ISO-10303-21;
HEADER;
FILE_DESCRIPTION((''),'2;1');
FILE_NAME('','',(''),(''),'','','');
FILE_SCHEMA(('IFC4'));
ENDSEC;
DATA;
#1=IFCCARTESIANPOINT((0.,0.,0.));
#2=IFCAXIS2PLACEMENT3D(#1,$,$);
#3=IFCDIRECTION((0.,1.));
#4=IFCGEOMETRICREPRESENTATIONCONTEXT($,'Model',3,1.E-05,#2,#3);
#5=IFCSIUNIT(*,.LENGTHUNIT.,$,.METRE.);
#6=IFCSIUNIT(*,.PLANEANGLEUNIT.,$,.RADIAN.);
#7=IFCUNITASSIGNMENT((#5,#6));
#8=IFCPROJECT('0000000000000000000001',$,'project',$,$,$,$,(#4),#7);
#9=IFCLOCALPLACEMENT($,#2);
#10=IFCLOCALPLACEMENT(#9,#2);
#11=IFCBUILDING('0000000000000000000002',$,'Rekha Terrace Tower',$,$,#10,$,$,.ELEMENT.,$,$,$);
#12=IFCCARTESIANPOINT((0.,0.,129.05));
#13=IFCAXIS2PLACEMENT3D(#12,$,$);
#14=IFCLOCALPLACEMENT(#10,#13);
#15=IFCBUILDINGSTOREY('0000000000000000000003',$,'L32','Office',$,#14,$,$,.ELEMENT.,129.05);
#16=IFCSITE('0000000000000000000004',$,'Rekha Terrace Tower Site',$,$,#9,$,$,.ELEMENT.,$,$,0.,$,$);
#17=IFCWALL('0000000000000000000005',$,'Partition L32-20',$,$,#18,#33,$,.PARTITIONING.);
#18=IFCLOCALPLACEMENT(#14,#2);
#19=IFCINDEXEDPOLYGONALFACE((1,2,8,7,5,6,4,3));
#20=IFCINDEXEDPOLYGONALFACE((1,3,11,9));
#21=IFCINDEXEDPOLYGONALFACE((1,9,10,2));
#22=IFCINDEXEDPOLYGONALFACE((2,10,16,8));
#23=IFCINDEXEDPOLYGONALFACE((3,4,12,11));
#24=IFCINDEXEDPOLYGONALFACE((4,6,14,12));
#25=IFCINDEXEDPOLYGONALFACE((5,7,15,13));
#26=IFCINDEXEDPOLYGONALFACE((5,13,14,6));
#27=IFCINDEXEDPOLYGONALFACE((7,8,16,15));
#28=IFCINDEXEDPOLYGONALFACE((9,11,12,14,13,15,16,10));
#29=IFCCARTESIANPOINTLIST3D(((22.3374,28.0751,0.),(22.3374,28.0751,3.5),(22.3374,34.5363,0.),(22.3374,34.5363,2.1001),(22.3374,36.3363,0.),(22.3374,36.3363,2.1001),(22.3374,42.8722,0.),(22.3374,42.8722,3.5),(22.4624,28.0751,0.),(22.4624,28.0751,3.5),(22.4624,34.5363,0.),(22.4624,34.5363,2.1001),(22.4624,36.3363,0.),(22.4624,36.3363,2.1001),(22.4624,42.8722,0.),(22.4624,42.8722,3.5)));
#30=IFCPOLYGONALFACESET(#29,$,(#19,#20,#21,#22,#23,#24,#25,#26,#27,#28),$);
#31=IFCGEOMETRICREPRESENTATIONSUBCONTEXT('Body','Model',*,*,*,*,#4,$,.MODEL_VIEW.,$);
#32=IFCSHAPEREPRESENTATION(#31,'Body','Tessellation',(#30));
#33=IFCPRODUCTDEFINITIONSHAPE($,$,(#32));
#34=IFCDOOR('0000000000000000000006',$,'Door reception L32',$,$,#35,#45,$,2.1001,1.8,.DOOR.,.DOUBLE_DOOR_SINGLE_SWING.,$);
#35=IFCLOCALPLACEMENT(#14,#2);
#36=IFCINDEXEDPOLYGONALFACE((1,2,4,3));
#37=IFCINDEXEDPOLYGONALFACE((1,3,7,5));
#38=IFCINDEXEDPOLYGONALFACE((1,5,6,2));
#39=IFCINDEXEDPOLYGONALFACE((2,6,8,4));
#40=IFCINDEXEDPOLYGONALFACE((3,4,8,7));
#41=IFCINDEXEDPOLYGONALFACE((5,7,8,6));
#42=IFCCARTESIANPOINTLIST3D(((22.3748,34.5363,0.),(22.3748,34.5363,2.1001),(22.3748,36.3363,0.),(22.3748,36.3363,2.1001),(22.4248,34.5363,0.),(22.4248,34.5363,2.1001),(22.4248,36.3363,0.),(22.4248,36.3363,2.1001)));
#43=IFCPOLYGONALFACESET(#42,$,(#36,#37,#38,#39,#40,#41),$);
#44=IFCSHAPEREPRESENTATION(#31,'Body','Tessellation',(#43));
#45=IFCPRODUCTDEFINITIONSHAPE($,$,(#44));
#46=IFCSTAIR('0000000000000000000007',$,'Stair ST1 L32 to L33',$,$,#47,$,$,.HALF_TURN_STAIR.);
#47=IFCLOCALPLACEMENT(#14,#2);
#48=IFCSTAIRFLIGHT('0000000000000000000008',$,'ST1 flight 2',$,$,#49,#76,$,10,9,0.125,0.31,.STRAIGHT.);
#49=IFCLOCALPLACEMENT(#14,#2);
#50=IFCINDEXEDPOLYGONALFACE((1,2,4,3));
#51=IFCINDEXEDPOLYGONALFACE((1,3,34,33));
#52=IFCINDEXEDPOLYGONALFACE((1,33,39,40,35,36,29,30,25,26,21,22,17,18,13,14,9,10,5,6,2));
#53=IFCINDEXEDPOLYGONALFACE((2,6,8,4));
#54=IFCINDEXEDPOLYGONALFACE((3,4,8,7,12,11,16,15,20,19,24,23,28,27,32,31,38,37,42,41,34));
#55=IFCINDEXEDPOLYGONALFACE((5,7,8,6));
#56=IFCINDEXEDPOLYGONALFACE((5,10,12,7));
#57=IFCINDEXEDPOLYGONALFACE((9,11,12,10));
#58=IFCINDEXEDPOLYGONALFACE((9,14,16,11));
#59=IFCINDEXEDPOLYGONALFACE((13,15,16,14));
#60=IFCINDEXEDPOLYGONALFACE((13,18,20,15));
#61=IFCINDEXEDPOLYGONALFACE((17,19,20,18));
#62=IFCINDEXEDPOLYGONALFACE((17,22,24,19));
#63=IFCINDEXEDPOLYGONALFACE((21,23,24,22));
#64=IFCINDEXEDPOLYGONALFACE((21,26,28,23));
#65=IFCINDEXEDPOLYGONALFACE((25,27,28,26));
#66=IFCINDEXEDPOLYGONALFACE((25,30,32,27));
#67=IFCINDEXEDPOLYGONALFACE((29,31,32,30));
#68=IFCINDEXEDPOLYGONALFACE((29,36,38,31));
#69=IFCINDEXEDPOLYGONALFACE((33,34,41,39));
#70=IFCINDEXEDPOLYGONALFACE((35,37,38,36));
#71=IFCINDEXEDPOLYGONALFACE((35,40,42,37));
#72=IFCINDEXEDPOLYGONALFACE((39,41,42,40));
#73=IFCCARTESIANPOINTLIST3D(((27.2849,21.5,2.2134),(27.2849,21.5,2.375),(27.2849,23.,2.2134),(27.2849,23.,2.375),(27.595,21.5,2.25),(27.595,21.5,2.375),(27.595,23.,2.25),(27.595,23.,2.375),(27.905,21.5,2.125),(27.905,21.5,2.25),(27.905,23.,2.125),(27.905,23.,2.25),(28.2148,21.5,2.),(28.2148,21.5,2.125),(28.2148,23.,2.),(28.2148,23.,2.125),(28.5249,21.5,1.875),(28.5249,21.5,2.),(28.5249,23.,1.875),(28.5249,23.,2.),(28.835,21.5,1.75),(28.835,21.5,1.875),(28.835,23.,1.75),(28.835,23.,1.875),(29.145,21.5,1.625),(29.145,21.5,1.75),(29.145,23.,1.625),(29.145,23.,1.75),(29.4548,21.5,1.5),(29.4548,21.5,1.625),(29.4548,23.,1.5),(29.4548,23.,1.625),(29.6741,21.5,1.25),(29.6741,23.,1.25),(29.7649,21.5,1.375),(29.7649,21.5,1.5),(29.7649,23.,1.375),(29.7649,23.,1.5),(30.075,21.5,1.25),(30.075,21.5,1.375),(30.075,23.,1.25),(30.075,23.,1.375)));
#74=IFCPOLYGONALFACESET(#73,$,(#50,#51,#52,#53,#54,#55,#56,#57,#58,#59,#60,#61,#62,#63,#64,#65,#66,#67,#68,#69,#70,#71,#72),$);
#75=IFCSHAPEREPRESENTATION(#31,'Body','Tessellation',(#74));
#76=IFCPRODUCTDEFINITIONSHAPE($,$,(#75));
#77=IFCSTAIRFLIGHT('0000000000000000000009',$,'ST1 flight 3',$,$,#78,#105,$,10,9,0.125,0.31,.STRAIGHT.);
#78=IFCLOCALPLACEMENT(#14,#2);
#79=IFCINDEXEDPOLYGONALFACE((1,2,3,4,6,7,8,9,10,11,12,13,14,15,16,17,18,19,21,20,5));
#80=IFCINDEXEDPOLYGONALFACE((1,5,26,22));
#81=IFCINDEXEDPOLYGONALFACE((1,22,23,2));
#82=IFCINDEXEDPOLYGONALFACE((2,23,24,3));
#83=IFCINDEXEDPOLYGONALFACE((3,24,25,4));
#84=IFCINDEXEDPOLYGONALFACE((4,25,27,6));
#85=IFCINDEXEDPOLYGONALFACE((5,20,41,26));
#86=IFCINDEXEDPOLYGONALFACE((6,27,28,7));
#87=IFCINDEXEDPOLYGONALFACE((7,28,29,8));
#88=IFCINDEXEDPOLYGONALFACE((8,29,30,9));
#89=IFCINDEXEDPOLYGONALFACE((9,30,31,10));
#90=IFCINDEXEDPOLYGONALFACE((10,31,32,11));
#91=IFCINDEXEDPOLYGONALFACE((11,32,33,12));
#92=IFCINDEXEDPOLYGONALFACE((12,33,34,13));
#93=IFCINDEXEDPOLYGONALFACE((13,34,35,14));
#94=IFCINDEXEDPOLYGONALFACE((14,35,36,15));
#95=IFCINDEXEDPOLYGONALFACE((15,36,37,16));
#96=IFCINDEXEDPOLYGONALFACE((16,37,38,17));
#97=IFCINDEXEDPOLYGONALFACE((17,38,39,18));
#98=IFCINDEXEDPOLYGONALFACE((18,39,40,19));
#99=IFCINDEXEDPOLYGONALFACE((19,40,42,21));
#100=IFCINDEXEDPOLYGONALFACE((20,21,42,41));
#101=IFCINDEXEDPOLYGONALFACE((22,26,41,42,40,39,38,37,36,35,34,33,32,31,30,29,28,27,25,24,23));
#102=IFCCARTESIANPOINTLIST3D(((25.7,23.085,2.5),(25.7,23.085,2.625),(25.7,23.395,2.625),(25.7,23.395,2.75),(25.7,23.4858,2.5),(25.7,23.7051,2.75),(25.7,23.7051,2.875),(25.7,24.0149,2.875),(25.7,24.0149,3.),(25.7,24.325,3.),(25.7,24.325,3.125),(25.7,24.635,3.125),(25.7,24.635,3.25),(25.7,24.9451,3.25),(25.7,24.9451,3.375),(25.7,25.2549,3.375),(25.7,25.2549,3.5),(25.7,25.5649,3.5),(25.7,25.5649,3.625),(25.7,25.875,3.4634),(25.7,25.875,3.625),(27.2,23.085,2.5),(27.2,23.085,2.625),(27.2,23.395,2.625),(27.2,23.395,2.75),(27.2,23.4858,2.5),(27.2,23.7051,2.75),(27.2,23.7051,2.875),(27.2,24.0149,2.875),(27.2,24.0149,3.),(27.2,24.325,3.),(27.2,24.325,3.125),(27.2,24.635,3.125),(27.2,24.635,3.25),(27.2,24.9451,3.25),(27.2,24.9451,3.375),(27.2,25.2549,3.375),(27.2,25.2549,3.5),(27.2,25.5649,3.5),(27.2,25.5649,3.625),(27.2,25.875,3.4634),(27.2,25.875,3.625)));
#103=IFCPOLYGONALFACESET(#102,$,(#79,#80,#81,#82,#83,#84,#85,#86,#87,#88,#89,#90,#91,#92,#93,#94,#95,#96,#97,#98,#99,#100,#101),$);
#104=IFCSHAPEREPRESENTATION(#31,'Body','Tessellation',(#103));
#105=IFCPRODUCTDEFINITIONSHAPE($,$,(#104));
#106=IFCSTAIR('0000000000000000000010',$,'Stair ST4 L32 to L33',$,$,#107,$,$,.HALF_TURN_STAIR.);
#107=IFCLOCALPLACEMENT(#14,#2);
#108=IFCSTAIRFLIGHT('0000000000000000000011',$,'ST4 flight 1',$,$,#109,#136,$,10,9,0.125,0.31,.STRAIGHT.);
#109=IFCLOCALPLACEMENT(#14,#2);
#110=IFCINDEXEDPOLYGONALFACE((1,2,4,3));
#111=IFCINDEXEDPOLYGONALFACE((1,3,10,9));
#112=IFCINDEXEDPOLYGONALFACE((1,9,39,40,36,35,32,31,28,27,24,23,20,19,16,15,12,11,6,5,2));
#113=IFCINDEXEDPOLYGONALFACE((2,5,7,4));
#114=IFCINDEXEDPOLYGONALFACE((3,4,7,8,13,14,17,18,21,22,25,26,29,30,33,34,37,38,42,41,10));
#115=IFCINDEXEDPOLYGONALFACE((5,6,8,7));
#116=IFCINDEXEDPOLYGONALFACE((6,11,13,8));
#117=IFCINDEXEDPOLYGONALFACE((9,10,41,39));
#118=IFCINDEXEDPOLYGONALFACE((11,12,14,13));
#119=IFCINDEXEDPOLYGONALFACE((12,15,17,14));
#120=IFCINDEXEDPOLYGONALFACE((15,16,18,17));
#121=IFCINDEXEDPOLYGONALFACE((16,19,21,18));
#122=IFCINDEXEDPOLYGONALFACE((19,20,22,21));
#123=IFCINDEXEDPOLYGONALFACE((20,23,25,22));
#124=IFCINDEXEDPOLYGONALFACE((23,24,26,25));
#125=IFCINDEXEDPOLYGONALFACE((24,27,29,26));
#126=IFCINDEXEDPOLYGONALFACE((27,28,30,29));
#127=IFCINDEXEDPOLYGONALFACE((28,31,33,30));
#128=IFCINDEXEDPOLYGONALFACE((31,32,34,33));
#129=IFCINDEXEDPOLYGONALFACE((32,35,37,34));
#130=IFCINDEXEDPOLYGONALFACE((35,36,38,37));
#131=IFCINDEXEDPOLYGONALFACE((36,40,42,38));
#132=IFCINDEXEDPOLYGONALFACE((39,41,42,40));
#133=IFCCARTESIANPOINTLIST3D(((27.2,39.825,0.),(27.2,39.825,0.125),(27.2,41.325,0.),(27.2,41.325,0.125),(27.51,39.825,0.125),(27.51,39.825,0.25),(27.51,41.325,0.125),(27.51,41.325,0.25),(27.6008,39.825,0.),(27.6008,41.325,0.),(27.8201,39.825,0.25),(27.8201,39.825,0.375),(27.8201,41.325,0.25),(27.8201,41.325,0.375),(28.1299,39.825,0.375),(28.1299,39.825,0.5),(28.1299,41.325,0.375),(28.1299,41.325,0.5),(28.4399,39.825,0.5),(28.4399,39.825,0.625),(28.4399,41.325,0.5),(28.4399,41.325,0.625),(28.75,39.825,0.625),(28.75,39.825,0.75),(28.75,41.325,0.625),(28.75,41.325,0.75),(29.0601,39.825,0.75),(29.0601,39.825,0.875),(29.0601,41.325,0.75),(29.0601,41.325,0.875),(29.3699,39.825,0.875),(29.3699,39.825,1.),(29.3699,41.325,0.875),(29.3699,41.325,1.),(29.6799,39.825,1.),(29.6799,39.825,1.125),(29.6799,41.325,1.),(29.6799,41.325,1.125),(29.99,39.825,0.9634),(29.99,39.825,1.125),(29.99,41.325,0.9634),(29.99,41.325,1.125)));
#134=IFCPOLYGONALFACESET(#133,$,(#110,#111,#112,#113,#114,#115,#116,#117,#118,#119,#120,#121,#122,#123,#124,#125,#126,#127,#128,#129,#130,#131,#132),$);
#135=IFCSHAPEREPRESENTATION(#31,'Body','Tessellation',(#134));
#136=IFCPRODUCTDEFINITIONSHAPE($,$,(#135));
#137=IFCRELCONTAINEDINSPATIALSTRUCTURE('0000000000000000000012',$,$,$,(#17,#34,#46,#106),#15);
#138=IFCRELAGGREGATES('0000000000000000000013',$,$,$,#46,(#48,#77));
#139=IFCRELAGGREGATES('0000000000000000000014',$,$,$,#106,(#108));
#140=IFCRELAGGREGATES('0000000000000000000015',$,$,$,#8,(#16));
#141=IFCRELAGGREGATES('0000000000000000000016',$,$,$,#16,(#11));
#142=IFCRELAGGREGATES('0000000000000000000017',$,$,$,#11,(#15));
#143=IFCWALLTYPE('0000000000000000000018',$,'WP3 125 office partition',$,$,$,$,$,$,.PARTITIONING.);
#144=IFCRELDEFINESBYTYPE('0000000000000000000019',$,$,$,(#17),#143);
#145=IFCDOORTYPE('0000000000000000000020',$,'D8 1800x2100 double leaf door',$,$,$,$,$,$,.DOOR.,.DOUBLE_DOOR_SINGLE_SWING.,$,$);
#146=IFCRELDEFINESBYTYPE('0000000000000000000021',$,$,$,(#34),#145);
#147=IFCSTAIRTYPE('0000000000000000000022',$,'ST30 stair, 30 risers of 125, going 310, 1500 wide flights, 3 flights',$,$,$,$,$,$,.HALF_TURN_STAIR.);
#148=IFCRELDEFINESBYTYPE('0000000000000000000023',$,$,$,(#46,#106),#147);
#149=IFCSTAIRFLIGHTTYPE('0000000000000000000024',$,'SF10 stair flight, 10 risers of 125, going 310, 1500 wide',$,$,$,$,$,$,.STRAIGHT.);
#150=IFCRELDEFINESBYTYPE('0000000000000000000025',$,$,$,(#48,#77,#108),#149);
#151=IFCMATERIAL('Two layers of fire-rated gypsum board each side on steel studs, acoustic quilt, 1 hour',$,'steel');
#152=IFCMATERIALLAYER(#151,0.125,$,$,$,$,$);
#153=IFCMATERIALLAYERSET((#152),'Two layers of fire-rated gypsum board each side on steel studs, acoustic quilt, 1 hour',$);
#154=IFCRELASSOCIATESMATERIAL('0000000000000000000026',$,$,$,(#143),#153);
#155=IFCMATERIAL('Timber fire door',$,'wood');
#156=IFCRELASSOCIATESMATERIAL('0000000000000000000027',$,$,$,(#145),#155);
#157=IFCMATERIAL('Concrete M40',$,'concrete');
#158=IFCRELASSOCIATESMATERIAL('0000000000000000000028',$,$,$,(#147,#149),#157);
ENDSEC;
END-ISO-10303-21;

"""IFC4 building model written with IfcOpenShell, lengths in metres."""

from ifc_helpers import new_model, si_unit, direction, frame, frame_2d, origin, place, context, subcontext, project, spatial, polyline, rectangle, outline, extrude, material, layer, layer_set, type_object, element, fill, aggregate, save


model = new_model("IFC4")

# Units and contexts
model_context = context("Model", 3, precision=1e-05, world=origin(), true_north=direction((0.0, 1.0)))
body_context = subcontext(model_context, "Body", "Model", "MODEL_VIEW")
ifc_project = project(units=[si_unit("LENGTHUNIT", "METRE"), si_unit("PLANEANGLEUNIT", "RADIAN")], contexts=[model_context])

# Site, building, storey
site_placement = place(None, origin())
site = spatial("IfcSite", under=ifc_project, at=site_placement, Name="Rekha Terrace Tower Site", CompositionType="ELEMENT", RefElevation=0.0)
building_placement = place(site_placement, origin())
building = spatial("IfcBuilding", under=site, at=building_placement, Name="Rekha Terrace Tower", CompositionType="ELEMENT")
storey_placement = place(building_placement, frame((0.0, 0.0, 129.05)))
storey = spatial("IfcBuildingStorey", under=building, at=storey_placement, Name="L32", Description="Office", CompositionType="ELEMENT", Elevation=129.05)

# Wall, opening, door
ifc_material_1 = material(Name="Two layers of fire-rated gypsum board each side on steel studs, acoustic quilt, 1 hour", Category="steel")
ifc_layer_1 = layer(ifc_material_1, 0.125)
ifc_layer_set_1 = layer_set([ifc_layer_1], Name="Two layers of fire-rated gypsum board each side on steel studs, acoustic quilt, 1 hour")
wall_type_1 = type_object("IfcWallType", Name="WP3 125 office partition", PredefinedType="PARTITIONING", material=ifc_layer_set_1)
wall_1_placement = place(storey_placement, frame((22.3999, 42.8721, 0.0), z_axis=(0.0, 0.0, 1.0), x_axis=(0.0, -1.0, 0.0)))
wall_1 = element("IfcWall", 1, at=wall_1_placement, inside=storey, type_object=wall_type_1, Name="Partition L32-20", PredefinedType="PARTITIONING", context=body_context, shape_type="SweptSolid", body=[
    extrude(rectangle(XDim=14.7971, YDim=0.125, at=frame_2d((7.3984, 0.0))), origin(), (0.0, 0.0, 1.0), 3.5),
])
opening_1_placement = place(wall_1_placement, frame((6.5359, 0.0, 0.0)))
opening_1 = element("IfcOpeningElement", 2, at=opening_1_placement, cuts=wall_1, PredefinedType="OPENING", context=body_context, shape_type="SweptSolid", body=[
    extrude(rectangle(XDim=1.8, YDim=2.1001, at=frame_2d((0.8999, 1.05))), frame((0.0, 0.0725, 0.0), z_axis=(0.0, -1.0, 0.0), x_axis=(1.0, 0.0, 0.0)), (0.0, 0.0, 1.0), 0.145),
])
ifc_material_2 = material(Name="Timber fire door", Category="wood")
door_type_1 = type_object("IfcDoorType", Name="D8 1800x2100 double leaf door", OperationType="DOUBLE_DOOR_SINGLE_SWING", PredefinedType="DOOR", material=ifc_material_2)
door_1_placement = place(opening_1_placement, origin())
door_1 = element("IfcDoor", 3, at=door_1_placement, inside=storey, type_object=door_type_1, Name="Door reception L32", OperationType="DOUBLE_DOOR_SINGLE_SWING", OverallHeight=2.1001, OverallWidth=1.8, PredefinedType="DOOR", context=body_context, shape_type="SweptSolid", body=[
    extrude(rectangle(XDim=1.8, YDim=2.1001, at=frame_2d((0.8999, 1.05))), frame((0.0, 0.0249, 0.0), z_axis=(0.0, -1.0, 0.0), x_axis=(1.0, 0.0, 0.0)), (0.0, 0.0, 1.0), 0.05),
])
fill(opening_1, door_1)

# Stair, stair flights
ifc_material_3 = material(Name="Concrete M40", Category="concrete")
stair_type = type_object("IfcStairType", Name="ST30 stair, 30 risers of 125, going 310, 1500 wide flights, 3 flights", PredefinedType="HALF_TURN_STAIR", material=ifc_material_3)
stair_1_placement = place(storey_placement, origin())
stair_1 = element("IfcStair", 4, at=stair_1_placement, inside=storey, type_object=stair_type, Name="Stair ST1 L32 to L33", PredefinedType="HALF_TURN_STAIR")
stair_flight_type = type_object("IfcStairFlightType", Name="SF10 stair flight, 10 risers of 125, going 310, 1500 wide", PredefinedType="STRAIGHT", material=ifc_material_3)
stair_flight_1_placement = place(storey_placement, frame((30.075, 22.25, 1.25), z_axis=(0.0, 0.0, 1.0), x_axis=(-1.0, 0.0, 0.0)))
stair_flight_1 = element("IfcStairFlight", 5, at=stair_flight_1_placement, type_object=stair_flight_type, Name="ST1 flight 2", NumberOfRisers=10, NumberOfTreads=9, PredefinedType="STRAIGHT", RiserHeight=0.125, TreadLength=0.31, context=body_context, shape_type="SweptSolid", body=[
    extrude(outline(polyline([(0.0, 0.0), (0.0, 0.125), (0.3101, 0.125), (0.3101, 0.25), (0.6201, 0.25), (0.6201, 0.375), (0.9299, 0.375), (0.9299, 0.5), (1.24, 0.5), (1.24, 0.625), (1.55, 0.625), (1.55, 0.75), (1.8601, 0.75), (1.8601, 0.875), (2.1699, 0.875), (2.1699, 1.0), (2.48, 1.0), (2.48, 1.125), (2.79, 1.125), (2.79, 1.25), (2.79, 0.9634), (0.4009, 0.0), (0.0, 0.0)])), frame((0.0, 0.75, 0.0), z_axis=(0.0, -1.0, 0.0), x_axis=(1.0, 0.0, 0.0)), (0.0, 0.0, 1.0), 1.5),
])
stair_flight_2_placement = place(storey_placement, frame((26.45, 23.085, 2.5), z_axis=(0.0, 0.0, 1.0), x_axis=(0.0, 1.0, 0.0)))
stair_flight_2 = element("IfcStairFlight", 6, at=stair_flight_2_placement, type_object=stair_flight_type, Name="ST1 flight 3", NumberOfRisers=10, NumberOfTreads=9, PredefinedType="STRAIGHT", RiserHeight=0.125, TreadLength=0.31, context=body_context, shape_type="SweptSolid", body=[
    extrude(outline(polyline([(0.0, 0.0), (0.0, 0.125), (0.3101, 0.125), (0.3101, 0.25), (0.6201, 0.25), (0.6201, 0.375), (0.9299, 0.375), (0.9299, 0.5), (1.24, 0.5), (1.24, 0.625), (1.55, 0.625), (1.55, 0.75), (1.8601, 0.75), (1.8601, 0.875), (2.1699, 0.875), (2.1699, 1.0), (2.48, 1.0), (2.48, 1.125), (2.79, 1.125), (2.79, 1.25), (2.79, 0.9634), (0.4009, 0.0), (0.0, 0.0)])), frame((0.0, 0.75, 0.0), z_axis=(0.0, -1.0, 0.0), x_axis=(1.0, 0.0, 0.0)), (0.0, 0.0, 1.0), 1.5),
])
aggregate(stair_1, [stair_flight_1, stair_flight_2])

# Stair, stair flight
stair_2_placement = place(storey_placement, origin())
stair_2 = element("IfcStair", 7, at=stair_2_placement, inside=storey, type_object=stair_type, Name="Stair ST4 L32 to L33", PredefinedType="HALF_TURN_STAIR")
stair_flight_3_placement = place(storey_placement, frame((27.2, 40.575, 0.0), z_axis=(0.0, 0.0, 1.0), x_axis=(1.0, 0.0, 0.0)))
stair_flight_3 = element("IfcStairFlight", 8, at=stair_flight_3_placement, type_object=stair_flight_type, Name="ST4 flight 1", NumberOfRisers=10, NumberOfTreads=9, PredefinedType="STRAIGHT", RiserHeight=0.125, TreadLength=0.31, context=body_context, shape_type="SweptSolid", body=[
    extrude(outline(polyline([(0.0, 0.0), (0.0, 0.125), (0.3101, 0.125), (0.3101, 0.25), (0.6201, 0.25), (0.6201, 0.375), (0.9299, 0.375), (0.9299, 0.5), (1.24, 0.5), (1.24, 0.625), (1.55, 0.625), (1.55, 0.75), (1.8601, 0.75), (1.8601, 0.875), (2.1699, 0.875), (2.1699, 1.0), (2.48, 1.0), (2.48, 1.125), (2.79, 1.125), (2.79, 1.25), (2.79, 0.9634), (0.4009, 0.0), (0.0, 0.0)])), frame((0.0, 0.75, 0.0), z_axis=(0.0, -1.0, 0.0), x_axis=(1.0, 0.0, 0.0)), (0.0, 0.0, 1.0), 1.5),
])
aggregate(stair_2, [stair_flight_3])

save(model, "model.ifc")
